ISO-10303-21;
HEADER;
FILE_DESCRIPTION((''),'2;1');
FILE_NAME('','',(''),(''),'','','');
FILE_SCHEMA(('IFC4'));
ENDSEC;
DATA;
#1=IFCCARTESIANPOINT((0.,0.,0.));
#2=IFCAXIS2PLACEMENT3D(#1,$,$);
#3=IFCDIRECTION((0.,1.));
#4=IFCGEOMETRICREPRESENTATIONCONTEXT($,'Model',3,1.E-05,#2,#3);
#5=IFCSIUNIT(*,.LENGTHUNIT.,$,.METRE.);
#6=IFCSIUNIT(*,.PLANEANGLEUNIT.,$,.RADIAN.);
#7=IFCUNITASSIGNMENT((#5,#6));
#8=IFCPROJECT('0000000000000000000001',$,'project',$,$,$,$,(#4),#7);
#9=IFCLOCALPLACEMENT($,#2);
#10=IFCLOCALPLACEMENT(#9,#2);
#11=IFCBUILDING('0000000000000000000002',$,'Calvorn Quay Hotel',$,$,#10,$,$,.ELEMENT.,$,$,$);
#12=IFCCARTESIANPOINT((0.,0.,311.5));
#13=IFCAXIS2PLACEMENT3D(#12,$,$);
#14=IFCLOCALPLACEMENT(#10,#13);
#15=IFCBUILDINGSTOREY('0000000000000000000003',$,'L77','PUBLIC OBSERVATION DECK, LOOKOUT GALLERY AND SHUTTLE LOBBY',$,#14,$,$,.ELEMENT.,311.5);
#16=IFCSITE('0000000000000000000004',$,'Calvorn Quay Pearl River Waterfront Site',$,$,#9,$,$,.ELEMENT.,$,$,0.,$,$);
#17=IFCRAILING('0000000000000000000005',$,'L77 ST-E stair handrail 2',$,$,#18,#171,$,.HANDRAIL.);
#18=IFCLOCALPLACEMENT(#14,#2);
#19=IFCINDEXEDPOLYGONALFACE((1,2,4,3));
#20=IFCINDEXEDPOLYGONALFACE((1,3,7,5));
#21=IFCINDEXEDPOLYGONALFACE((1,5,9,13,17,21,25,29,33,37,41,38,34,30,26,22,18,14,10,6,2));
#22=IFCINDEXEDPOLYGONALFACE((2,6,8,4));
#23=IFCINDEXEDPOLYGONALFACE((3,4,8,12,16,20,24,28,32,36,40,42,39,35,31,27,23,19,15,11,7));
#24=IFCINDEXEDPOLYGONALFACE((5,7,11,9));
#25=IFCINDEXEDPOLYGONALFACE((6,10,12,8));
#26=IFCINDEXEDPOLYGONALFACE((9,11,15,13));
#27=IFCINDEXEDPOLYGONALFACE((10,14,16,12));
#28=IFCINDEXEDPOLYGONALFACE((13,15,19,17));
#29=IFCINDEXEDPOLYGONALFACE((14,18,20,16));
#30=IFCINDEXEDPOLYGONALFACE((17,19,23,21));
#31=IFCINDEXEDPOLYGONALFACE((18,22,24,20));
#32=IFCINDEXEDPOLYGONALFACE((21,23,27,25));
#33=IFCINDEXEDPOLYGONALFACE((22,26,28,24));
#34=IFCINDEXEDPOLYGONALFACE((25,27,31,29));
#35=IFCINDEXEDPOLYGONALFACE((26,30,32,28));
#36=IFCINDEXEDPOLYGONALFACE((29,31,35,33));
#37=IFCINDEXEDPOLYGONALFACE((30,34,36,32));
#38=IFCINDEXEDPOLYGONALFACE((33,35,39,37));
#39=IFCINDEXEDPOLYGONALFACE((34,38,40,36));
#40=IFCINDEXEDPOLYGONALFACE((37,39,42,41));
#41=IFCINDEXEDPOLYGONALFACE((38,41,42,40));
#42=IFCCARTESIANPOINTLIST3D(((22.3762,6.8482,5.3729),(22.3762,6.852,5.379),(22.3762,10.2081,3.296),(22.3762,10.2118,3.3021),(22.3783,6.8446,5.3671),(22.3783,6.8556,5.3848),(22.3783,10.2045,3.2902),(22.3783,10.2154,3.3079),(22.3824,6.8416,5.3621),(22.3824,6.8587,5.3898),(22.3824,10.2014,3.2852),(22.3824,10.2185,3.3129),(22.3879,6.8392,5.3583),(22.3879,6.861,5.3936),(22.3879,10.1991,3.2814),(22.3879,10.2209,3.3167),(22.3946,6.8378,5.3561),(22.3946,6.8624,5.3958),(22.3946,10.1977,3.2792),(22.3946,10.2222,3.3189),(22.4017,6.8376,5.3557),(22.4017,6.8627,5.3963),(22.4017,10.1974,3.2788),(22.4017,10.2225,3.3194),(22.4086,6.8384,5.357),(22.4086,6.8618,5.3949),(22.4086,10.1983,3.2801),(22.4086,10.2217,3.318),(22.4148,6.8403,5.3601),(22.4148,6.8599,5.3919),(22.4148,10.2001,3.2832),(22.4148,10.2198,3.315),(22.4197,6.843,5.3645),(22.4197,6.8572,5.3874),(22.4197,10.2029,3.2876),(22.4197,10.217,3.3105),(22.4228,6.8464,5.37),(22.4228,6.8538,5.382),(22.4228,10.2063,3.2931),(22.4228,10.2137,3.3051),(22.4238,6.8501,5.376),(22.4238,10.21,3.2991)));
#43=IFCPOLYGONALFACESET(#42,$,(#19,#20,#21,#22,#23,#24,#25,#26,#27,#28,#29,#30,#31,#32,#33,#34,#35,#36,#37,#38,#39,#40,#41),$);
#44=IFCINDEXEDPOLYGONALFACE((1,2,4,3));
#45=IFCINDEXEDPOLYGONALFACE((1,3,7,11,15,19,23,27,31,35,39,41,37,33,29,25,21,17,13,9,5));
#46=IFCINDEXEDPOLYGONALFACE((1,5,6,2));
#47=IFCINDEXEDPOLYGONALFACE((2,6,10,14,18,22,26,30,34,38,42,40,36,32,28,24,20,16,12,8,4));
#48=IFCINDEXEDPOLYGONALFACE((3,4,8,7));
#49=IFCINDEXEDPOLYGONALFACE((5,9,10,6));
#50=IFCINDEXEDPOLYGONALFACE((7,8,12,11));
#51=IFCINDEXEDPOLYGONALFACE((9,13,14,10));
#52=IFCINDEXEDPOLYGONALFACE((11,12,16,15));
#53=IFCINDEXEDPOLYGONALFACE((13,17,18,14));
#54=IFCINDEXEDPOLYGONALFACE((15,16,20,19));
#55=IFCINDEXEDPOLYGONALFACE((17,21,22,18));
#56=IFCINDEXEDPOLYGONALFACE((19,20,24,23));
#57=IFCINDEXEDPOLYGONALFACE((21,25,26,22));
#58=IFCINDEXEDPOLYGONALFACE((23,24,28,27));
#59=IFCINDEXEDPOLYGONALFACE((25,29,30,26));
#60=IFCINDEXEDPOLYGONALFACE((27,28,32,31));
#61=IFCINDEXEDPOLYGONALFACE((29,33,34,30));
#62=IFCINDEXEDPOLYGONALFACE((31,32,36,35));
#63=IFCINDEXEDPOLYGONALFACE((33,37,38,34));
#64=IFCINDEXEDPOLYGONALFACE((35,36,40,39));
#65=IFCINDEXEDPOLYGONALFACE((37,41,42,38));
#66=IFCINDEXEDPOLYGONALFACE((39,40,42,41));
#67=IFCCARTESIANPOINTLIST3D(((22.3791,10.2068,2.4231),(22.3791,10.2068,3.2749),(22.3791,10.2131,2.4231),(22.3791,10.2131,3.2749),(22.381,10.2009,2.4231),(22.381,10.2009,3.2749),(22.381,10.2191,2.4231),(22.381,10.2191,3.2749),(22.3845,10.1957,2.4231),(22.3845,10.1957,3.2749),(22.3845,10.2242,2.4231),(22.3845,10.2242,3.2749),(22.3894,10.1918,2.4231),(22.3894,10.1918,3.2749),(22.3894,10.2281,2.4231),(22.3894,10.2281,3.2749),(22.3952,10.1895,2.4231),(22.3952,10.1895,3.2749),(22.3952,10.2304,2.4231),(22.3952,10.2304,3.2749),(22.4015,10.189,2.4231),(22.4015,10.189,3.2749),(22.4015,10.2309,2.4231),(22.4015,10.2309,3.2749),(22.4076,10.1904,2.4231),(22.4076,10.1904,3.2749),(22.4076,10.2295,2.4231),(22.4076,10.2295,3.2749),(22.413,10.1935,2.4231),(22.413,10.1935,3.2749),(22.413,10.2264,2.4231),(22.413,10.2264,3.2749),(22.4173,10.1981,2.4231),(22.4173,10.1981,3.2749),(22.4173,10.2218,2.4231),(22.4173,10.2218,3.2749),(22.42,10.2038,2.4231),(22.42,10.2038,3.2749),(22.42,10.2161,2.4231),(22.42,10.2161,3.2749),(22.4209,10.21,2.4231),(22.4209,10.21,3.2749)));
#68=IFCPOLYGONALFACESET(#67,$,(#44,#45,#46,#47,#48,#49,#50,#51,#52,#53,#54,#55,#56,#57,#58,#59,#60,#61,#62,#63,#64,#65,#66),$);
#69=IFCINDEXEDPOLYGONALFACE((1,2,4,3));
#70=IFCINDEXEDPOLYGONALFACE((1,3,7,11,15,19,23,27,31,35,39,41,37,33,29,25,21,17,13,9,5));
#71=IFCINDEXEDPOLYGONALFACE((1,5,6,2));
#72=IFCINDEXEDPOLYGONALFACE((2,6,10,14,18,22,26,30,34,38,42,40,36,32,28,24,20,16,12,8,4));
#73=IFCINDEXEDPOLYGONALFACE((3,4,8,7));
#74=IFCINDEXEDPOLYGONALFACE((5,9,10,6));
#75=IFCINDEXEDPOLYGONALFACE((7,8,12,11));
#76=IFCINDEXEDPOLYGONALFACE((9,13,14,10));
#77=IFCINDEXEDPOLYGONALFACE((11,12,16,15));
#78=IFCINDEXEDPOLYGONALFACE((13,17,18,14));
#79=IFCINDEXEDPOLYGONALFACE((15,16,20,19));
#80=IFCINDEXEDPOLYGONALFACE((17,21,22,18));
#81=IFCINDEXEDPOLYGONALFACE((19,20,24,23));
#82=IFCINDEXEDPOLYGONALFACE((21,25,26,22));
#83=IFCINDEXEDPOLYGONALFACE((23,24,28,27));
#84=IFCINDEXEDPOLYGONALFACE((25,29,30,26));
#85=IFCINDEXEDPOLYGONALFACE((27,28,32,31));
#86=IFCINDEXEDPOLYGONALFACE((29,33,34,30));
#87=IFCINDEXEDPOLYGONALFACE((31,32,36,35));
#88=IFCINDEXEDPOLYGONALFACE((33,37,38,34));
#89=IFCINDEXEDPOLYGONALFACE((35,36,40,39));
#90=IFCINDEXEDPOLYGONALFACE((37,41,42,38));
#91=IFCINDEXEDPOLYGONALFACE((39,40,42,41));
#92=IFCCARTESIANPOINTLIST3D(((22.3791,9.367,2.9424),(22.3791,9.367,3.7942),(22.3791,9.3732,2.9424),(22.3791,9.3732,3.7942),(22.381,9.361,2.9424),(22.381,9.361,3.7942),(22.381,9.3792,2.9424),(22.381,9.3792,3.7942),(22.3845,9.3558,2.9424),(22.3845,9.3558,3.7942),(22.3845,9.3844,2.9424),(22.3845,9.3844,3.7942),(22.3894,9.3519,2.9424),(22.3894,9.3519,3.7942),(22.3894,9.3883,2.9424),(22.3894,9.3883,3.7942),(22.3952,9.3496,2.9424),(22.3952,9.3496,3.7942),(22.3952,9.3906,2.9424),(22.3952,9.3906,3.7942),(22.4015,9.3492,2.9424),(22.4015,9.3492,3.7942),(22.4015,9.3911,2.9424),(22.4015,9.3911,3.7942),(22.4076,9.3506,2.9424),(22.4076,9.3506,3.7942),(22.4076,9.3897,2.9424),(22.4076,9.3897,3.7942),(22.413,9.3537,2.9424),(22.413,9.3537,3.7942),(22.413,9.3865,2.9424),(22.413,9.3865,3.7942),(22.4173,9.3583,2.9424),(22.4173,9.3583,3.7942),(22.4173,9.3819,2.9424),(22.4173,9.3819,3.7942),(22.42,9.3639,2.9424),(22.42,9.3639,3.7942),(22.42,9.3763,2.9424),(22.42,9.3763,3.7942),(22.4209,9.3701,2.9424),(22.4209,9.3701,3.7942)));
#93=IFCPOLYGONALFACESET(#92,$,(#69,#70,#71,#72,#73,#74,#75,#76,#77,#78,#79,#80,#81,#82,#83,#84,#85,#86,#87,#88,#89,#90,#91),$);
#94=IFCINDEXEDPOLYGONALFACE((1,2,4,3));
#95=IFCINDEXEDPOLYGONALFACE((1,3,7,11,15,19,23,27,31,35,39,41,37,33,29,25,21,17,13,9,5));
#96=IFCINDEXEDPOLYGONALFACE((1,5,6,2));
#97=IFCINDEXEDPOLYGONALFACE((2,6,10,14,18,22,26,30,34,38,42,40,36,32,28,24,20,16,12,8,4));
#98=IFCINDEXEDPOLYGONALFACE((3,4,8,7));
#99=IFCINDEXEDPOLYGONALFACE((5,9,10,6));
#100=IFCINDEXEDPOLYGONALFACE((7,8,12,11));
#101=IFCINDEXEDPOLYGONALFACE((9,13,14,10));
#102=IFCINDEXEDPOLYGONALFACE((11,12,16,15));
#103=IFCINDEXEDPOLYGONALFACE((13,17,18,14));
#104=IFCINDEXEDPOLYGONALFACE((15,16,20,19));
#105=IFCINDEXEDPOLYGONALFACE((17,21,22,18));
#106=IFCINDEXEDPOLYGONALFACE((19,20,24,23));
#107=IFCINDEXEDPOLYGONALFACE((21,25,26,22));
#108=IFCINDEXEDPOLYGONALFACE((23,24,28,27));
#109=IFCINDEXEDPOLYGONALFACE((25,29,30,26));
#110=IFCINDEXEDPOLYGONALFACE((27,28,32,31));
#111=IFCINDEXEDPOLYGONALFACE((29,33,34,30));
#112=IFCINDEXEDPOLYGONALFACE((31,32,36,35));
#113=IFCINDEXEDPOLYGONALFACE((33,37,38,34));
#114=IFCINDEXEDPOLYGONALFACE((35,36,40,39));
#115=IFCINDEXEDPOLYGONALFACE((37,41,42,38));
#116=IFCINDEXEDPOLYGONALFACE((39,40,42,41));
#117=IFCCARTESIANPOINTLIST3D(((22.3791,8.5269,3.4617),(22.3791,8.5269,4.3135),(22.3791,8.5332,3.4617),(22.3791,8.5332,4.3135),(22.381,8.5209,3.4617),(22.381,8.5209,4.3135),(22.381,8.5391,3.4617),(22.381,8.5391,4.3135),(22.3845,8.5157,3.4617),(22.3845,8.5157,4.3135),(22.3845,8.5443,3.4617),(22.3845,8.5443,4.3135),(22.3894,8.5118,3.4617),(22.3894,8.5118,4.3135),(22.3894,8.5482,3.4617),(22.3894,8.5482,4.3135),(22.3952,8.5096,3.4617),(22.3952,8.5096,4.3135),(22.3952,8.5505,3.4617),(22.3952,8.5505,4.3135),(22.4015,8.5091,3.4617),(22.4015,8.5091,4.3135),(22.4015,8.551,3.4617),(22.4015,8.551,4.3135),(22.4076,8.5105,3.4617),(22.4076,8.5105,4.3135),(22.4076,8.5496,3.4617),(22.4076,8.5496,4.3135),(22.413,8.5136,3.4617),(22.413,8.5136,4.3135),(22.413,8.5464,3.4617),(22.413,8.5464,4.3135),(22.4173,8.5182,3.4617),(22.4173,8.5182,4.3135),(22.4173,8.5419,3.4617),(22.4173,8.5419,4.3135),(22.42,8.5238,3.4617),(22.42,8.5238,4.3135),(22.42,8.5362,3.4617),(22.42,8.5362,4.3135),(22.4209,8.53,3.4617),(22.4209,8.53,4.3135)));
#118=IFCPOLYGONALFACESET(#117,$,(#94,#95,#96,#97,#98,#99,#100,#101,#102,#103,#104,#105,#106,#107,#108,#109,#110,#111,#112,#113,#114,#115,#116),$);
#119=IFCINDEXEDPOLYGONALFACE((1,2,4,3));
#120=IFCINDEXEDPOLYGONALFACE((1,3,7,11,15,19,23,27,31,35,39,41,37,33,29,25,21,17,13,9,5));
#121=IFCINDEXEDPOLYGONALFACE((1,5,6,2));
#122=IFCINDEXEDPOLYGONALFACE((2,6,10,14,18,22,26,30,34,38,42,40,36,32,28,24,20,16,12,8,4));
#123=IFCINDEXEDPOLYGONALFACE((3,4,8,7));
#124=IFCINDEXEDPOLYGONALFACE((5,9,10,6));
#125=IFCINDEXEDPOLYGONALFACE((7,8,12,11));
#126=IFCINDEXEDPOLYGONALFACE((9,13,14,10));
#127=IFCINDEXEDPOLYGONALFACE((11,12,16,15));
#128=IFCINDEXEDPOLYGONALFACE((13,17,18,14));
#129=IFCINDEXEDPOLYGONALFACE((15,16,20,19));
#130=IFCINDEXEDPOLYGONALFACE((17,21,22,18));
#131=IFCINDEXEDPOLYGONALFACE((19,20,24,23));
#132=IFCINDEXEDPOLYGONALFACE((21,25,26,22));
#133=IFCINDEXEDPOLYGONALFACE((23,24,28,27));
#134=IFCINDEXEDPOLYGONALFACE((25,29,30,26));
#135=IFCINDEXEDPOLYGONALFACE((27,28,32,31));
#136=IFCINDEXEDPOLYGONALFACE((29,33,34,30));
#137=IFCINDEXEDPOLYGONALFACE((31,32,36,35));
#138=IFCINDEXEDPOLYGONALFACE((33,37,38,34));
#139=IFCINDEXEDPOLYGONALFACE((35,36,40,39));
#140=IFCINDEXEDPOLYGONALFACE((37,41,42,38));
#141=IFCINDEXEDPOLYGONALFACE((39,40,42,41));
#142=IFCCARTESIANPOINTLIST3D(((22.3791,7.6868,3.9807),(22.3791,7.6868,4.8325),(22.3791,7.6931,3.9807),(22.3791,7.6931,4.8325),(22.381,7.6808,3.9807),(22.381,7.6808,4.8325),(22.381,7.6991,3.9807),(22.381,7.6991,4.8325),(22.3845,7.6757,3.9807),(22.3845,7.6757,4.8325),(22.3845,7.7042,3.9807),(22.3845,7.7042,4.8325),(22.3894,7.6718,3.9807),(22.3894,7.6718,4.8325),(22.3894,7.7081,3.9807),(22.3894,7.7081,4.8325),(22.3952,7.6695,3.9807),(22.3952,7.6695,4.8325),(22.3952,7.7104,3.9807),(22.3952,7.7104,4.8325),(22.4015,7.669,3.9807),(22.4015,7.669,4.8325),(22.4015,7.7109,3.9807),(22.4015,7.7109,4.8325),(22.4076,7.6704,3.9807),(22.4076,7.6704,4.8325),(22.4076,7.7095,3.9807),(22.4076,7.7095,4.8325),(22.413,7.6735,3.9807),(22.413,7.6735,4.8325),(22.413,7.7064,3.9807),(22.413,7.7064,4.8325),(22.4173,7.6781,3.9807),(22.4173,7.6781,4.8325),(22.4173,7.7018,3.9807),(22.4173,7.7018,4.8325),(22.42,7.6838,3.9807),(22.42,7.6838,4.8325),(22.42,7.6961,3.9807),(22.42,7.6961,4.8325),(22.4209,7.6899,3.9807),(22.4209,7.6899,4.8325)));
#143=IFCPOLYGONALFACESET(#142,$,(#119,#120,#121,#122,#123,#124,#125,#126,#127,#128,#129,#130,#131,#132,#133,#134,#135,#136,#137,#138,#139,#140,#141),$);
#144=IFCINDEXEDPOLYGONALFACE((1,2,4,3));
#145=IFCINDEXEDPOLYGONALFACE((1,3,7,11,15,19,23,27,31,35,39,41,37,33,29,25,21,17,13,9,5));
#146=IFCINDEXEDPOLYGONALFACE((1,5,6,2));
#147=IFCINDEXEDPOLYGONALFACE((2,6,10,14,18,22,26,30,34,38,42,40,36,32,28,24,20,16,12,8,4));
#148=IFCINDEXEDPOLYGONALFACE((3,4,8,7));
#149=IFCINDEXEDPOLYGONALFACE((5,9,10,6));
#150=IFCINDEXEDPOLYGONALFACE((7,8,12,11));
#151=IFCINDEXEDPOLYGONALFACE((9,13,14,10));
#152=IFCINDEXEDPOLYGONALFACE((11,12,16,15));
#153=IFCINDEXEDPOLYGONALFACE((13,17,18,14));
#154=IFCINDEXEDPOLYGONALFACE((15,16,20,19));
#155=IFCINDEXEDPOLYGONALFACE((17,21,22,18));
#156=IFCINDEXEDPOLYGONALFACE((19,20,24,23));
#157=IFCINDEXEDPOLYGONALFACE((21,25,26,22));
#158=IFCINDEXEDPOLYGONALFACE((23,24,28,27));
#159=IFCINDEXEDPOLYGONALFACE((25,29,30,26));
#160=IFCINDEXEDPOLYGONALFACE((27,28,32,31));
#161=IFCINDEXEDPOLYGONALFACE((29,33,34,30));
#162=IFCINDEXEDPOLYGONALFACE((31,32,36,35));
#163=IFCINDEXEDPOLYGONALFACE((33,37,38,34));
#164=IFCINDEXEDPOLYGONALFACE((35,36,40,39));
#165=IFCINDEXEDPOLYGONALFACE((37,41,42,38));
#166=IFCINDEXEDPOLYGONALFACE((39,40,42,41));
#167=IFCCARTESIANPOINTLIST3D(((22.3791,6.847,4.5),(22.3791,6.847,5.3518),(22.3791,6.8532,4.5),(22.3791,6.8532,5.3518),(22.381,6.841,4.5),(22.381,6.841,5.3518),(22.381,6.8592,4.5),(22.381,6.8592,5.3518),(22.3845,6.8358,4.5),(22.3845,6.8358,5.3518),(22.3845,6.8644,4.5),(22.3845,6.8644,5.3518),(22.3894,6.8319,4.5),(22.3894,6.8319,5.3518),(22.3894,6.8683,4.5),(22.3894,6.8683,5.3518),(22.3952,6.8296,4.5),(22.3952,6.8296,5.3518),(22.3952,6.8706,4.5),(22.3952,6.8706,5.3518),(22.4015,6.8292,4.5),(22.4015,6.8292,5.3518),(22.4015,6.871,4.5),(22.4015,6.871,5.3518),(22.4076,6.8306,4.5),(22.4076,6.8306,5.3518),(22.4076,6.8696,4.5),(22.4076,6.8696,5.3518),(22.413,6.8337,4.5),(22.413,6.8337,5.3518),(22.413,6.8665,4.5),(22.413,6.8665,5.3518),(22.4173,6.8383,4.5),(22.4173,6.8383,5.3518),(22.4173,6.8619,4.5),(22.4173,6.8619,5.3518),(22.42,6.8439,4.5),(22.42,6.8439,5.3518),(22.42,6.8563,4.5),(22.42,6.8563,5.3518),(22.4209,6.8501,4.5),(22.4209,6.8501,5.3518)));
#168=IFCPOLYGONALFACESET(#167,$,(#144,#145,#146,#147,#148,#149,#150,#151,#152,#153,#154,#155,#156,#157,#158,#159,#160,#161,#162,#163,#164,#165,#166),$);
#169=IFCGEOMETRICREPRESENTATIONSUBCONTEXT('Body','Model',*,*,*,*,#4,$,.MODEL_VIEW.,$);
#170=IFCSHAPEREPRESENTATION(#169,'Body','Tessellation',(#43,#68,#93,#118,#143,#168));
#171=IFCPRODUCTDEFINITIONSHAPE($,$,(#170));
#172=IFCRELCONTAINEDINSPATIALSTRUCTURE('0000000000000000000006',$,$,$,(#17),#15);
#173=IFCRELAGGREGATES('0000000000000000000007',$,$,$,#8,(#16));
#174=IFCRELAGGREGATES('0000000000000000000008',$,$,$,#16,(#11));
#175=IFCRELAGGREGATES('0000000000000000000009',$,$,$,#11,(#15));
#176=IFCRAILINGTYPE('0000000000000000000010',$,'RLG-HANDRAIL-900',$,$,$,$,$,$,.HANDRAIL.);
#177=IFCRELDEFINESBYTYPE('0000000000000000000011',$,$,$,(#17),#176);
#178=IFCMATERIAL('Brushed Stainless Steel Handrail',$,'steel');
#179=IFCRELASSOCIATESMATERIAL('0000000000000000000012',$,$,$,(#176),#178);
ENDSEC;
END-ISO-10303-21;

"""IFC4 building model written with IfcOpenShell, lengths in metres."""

from ifc_helpers import new_model, si_unit, direction, frame, origin, origin_2d, place, context, subcontext, project, spatial, circle, extrude, material, type_object, element, save


model = new_model("IFC4")

# Units and contexts
model_context = context("Model", 3, precision=1e-05, world=origin(), true_north=direction((0.0, 1.0)))
body_context = subcontext(model_context, "Body", "Model", "MODEL_VIEW")
ifc_project = project(units=[si_unit("LENGTHUNIT", "METRE"), si_unit("PLANEANGLEUNIT", "RADIAN")], contexts=[model_context])

# Site, building, storey
site_placement = place(None, origin())
site = spatial("IfcSite", under=ifc_project, at=site_placement, Name="Calvorn Quay Pearl River Waterfront Site", CompositionType="ELEMENT", RefElevation=0.0)
building_placement = place(site_placement, origin())
building = spatial("IfcBuilding", under=site, at=building_placement, Name="Calvorn Quay Hotel", CompositionType="ELEMENT")
storey_placement = place(building_placement, frame((0.0, 0.0, 311.5)))
storey = spatial("IfcBuildingStorey", under=building, at=storey_placement, Name="L77", Description="PUBLIC OBSERVATION DECK, LOOKOUT GALLERY AND SHUTTLE LOBBY", CompositionType="ELEMENT", Elevation=311.5)

# Railing
ifc_material_1 = material(Name="Brushed Stainless Steel Handrail", Category="steel")
railing_type_1 = type_object("IfcRailingType", Name="RLG-HANDRAIL-900", PredefinedType="HANDRAIL", material=ifc_material_1)
railing_1_placement = place(storey_placement, frame((22.3999, 10.21, 2.4231)))
element("IfcRailing", 1, at=railing_1_placement, inside=storey, type_object=railing_type_1, Name="L77 ST-E stair handrail 2", PredefinedType="HANDRAIL", context=body_context, shape_type="SweptSolid", body=[
    extrude(circle(Radius=0.0239, at=origin_2d()), frame((0.0, 0.0, 0.876), z_axis=(0.0, -0.850606, 0.525803), x_axis=(1.0, 0.0, 0.0)), (0.0, 0.0, 1.0), 3.95),
    extrude(circle(Radius=0.021, at=origin_2d()), origin(), (0.0, 0.0, 1.0), 0.8518),
    extrude(circle(Radius=0.021, at=origin_2d()), frame((0.0, -0.8398, 0.5193)), (0.0, 0.0, 1.0), 0.8518),
    extrude(circle(Radius=0.021, at=origin_2d()), frame((0.0, -1.6799, 1.0386)), (0.0, 0.0, 1.0), 0.8518),
    extrude(circle(Radius=0.021, at=origin_2d()), frame((0.0, -2.52, 1.5576)), (0.0, 0.0, 1.0), 0.8518),
    extrude(circle(Radius=0.021, at=origin_2d()), frame((0.0, -3.3599, 2.0769)), (0.0, 0.0, 1.0), 0.8518),
])

save(model, "model.ifc")
